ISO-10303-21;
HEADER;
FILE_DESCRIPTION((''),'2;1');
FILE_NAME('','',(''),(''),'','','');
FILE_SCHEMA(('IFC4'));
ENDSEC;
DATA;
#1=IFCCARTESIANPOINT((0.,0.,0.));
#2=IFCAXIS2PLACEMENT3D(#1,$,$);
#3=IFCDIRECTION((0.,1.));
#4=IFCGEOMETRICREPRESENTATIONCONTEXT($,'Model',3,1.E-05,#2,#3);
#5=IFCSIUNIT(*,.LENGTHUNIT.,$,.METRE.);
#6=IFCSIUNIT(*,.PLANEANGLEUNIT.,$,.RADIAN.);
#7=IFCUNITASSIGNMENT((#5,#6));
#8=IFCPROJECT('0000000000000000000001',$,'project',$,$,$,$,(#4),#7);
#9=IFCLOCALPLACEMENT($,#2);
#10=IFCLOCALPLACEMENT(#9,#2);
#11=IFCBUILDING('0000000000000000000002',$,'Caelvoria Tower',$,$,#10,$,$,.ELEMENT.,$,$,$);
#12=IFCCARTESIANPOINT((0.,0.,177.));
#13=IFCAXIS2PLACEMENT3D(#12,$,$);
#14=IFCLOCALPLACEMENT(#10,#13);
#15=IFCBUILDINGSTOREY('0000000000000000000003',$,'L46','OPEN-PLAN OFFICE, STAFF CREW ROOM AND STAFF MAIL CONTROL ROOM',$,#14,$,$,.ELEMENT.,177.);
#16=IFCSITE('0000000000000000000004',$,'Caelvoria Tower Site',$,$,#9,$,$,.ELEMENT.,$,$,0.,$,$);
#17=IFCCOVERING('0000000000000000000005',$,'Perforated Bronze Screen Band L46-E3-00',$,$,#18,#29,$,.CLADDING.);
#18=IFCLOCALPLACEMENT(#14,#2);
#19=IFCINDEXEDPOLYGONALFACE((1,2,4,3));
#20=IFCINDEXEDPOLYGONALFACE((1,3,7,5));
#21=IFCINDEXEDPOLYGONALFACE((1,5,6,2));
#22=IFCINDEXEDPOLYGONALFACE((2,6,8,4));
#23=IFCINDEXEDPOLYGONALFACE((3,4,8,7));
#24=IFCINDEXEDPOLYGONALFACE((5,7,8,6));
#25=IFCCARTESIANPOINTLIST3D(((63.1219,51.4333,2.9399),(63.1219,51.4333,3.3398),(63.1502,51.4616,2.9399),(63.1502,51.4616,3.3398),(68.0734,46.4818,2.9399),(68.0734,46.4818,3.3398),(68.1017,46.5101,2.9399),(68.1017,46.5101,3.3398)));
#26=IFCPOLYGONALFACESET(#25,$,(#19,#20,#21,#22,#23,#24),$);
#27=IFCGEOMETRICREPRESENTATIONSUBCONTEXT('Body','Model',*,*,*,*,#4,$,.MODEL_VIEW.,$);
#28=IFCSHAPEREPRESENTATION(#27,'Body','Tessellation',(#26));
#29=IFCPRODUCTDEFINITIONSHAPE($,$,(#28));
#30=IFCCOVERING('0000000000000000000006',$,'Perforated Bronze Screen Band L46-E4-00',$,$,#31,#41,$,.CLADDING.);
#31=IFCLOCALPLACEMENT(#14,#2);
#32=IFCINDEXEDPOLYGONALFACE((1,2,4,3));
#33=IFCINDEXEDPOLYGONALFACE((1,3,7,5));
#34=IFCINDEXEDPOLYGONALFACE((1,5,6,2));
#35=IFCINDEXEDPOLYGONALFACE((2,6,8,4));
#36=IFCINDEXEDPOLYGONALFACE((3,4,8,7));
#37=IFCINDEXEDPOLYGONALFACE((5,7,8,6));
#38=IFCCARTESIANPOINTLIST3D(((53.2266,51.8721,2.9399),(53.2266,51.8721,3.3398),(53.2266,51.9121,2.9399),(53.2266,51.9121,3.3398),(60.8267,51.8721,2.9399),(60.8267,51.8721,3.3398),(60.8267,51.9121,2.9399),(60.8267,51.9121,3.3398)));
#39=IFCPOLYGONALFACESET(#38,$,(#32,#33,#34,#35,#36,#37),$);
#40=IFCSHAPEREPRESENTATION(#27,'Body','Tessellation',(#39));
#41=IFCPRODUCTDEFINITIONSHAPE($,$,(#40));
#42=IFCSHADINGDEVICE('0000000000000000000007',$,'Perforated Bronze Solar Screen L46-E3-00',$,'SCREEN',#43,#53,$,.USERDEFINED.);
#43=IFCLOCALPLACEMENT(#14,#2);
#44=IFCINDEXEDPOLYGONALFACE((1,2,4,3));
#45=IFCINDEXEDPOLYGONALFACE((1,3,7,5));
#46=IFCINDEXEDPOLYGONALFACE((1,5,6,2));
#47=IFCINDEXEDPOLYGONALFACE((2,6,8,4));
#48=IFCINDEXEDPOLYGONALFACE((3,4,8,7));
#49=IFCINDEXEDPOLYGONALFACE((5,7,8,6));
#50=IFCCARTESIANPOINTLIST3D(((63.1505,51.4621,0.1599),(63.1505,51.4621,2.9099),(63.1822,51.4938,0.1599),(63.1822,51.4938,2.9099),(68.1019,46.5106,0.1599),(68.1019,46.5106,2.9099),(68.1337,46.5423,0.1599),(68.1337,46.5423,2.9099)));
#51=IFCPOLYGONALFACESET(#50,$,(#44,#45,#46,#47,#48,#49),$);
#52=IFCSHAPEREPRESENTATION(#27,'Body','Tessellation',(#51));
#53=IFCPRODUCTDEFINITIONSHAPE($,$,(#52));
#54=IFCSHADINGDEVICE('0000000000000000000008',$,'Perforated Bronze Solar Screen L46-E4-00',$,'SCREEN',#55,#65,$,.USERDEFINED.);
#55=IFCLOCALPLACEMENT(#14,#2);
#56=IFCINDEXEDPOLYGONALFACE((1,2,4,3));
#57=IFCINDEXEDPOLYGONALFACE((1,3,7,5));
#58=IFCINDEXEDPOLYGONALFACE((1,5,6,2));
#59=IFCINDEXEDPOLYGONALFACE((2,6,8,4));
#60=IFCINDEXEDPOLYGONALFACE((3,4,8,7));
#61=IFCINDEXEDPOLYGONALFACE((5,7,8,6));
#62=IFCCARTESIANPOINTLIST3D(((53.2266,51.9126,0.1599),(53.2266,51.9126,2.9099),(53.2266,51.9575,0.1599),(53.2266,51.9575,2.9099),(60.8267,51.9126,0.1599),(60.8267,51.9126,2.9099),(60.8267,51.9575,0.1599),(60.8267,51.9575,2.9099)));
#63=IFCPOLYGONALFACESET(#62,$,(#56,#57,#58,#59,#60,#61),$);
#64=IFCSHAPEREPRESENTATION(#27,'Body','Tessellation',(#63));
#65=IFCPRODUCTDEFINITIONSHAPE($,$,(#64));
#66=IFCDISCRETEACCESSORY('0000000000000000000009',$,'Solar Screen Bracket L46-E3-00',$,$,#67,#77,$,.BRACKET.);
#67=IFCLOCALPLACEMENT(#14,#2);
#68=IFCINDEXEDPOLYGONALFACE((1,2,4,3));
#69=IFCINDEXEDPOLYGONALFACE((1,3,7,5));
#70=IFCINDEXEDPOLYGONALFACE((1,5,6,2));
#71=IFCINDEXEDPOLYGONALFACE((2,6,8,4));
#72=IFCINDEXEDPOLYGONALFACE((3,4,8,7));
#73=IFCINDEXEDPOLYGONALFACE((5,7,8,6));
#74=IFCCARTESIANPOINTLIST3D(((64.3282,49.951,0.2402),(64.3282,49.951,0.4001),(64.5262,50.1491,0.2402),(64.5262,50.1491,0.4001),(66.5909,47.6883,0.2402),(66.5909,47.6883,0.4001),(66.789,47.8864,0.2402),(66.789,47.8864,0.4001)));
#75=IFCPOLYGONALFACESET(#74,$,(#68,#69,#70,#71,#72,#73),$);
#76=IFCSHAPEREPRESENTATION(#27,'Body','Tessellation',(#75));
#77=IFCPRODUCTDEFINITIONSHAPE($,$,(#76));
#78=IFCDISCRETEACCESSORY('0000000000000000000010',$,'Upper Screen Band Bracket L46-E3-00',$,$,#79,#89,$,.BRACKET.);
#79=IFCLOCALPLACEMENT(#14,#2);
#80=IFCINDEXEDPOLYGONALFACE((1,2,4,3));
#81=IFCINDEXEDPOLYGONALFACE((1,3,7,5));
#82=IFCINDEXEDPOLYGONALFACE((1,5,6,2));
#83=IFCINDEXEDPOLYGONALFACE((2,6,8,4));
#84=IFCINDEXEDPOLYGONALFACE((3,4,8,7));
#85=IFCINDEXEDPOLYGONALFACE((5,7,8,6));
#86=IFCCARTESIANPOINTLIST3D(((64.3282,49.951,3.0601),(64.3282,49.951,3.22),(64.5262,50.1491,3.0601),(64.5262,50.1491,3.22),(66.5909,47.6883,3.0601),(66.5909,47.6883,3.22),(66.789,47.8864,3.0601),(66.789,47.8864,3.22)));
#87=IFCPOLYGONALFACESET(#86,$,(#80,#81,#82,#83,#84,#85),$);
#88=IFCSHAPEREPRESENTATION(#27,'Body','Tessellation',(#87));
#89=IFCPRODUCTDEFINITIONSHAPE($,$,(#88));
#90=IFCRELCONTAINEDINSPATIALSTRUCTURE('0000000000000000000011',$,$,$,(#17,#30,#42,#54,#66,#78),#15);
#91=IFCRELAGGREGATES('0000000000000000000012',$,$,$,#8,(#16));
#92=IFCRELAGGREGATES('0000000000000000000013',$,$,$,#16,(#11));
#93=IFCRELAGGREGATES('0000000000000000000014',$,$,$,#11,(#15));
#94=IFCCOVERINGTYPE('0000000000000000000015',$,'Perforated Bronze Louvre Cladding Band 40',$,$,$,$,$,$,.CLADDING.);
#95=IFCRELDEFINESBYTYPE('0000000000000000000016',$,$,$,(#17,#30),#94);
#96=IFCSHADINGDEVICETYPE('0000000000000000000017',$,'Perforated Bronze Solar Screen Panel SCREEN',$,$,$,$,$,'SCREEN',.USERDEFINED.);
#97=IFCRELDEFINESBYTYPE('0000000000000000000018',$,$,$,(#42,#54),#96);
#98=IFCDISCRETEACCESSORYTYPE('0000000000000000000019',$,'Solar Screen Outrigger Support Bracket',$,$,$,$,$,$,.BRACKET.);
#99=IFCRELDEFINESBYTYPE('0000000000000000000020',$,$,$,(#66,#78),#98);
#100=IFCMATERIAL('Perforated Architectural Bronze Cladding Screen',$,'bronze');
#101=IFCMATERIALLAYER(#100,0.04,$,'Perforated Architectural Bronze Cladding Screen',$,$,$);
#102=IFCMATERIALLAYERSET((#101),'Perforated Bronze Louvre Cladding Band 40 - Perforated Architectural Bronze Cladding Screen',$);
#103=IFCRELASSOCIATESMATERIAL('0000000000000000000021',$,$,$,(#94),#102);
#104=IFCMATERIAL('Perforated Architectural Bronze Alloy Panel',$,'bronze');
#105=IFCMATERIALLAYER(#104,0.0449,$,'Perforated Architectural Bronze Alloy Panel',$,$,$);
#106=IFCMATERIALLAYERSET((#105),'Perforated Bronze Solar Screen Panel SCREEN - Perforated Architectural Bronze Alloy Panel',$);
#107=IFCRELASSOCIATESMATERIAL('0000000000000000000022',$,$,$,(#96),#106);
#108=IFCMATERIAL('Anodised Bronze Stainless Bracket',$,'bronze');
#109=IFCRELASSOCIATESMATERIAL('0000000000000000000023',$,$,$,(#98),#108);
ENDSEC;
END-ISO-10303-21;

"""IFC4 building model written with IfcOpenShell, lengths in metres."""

from ifc_helpers import new_model, si_unit, direction, frame, origin, origin_2d, place, context, subcontext, project, spatial, rectangle, extrude, material, layer, layer_set, type_object, element, save


model = new_model("IFC4")

# Units and contexts
model_context = context("Model", 3, precision=1e-05, world=origin(), true_north=direction((0.0, 1.0)))
body_context = subcontext(model_context, "Body", "Model", "MODEL_VIEW")
ifc_project = project(units=[si_unit("LENGTHUNIT", "METRE"), si_unit("PLANEANGLEUNIT", "RADIAN")], contexts=[model_context])

# Site, building, storey
site_placement = place(None, origin())
site = spatial("IfcSite", under=ifc_project, at=site_placement, Name="Caelvoria Tower Site", CompositionType="ELEMENT", RefElevation=0.0)
building_placement = place(site_placement, origin())
building = spatial("IfcBuilding", under=site, at=building_placement, Name="Caelvoria Tower", CompositionType="ELEMENT")
storey_placement = place(building_placement, frame((0.0, 0.0, 177.0)))
storey = spatial("IfcBuildingStorey", under=building, at=storey_placement, Name="L46", Description="OPEN-PLAN OFFICE, STAFF CREW ROOM AND STAFF MAIL CONTROL ROOM", CompositionType="ELEMENT", Elevation=177.0)

# Coverings
ifc_material_1 = material(Name="Perforated Architectural Bronze Cladding Screen", Category="bronze")
ifc_layer_1 = layer(ifc_material_1, 0.04, Name="Perforated Architectural Bronze Cladding Screen")
ifc_layer_set_1 = layer_set([ifc_layer_1], Name="Perforated Bronze Louvre Cladding Band 40 - Perforated Architectural Bronze Cladding Screen")
covering_type = type_object("IfcCoveringType", Name="Perforated Bronze Louvre Cladding Band 40", PredefinedType="CLADDING", material=ifc_layer_set_1)
covering_1_placement = place(storey_placement, frame((65.6118, 48.9717, 2.9399), z_axis=(0.0, 0.0, 1.0), x_axis=(-0.707107, 0.707107, 0.0)))
element("IfcCovering", 1, at=covering_1_placement, inside=storey, type_object=covering_type, Name="Perforated Bronze Screen Band L46-E3-00", PredefinedType="CLADDING", context=body_context, shape_type="SweptSolid", body=[
    extrude(rectangle(XDim=7.0024, YDim=0.04, at=origin_2d()), origin(), (0.0, 0.0, 1.0), 0.3999),
])
covering_2_placement = place(storey_placement, frame((57.0266, 51.8921, 2.9399), z_axis=(0.0, 0.0, 1.0), x_axis=(-1.0, 0.0, 0.0)))
element("IfcCovering", 2, at=covering_2_placement, inside=storey, type_object=covering_type, Name="Perforated Bronze Screen Band L46-E4-00", PredefinedType="CLADDING", context=body_context, shape_type="SweptSolid", body=[
    extrude(rectangle(XDim=7.6001, YDim=0.04, at=origin_2d()), origin(), (0.0, 0.0, 1.0), 0.3999),
])

# Shading devices
ifc_material_2 = material(Name="Perforated Architectural Bronze Alloy Panel", Category="bronze")
ifc_layer_2 = layer(ifc_material_2, 0.0449, Name="Perforated Architectural Bronze Alloy Panel")
ifc_layer_set_2 = layer_set([ifc_layer_2], Name="Perforated Bronze Solar Screen Panel SCREEN - Perforated Architectural Bronze Alloy Panel")
shading_device_type = type_object("IfcShadingDeviceType", Name="Perforated Bronze Solar Screen Panel SCREEN", ElementType="SCREEN", PredefinedType="USERDEFINED", material=ifc_layer_set_2)
shading_device_1_placement = place(storey_placement, frame((65.6421, 49.0022, 0.1599), z_axis=(0.0, 0.0, 1.0), x_axis=(-0.707107, 0.707107, 0.0)))
element("IfcShadingDevice", 3, at=shading_device_1_placement, inside=storey, type_object=shading_device_type, Name="Perforated Bronze Solar Screen L46-E3-00", ObjectType="SCREEN", PredefinedType="USERDEFINED", context=body_context, shape_type="SweptSolid", body=[
    extrude(rectangle(XDim=7.0024, YDim=0.0449, at=origin_2d()), origin(), (0.0, 0.0, 1.0), 2.75),
])
shading_device_2_placement = place(storey_placement, frame((57.0266, 51.9351, 0.1599), z_axis=(0.0, 0.0, 1.0), x_axis=(-1.0, 0.0, 0.0)))
element("IfcShadingDevice", 4, at=shading_device_2_placement, inside=storey, type_object=shading_device_type, Name="Perforated Bronze Solar Screen L46-E4-00", ObjectType="SCREEN", PredefinedType="USERDEFINED", context=body_context, shape_type="SweptSolid", body=[
    extrude(rectangle(XDim=7.6001, YDim=0.0449, at=origin_2d()), origin(), (0.0, 0.0, 1.0), 2.75),
])

# Discrete accessories
ifc_material_3 = material(Name="Anodised Bronze Stainless Bracket", Category="bronze")
discrete_accessory_type = type_object("IfcDiscreteAccessoryType", Name="Solar Screen Outrigger Support Bracket", PredefinedType="BRACKET", material=ifc_material_3)
for number, where, z_axis, x_axis, name in (
    (5, (65.5586, 48.9187, 0.2402), (0.0, 0.0, 1.0), (-0.707107, 0.707107, 0.0), "Solar Screen Bracket L46-E3-00"),
    (6, (65.5586, 48.9187, 3.0601), (0.0, 0.0, 1.0), (-0.707107, 0.707107, 0.0), "Upper Screen Band Bracket L46-E3-00"),
):
    element("IfcDiscreteAccessory", number, at=place(storey_placement, frame(where, z_axis=z_axis, x_axis=x_axis)), inside=storey, type_object=discrete_accessory_type, Name=name, PredefinedType="BRACKET", context=body_context, shape_type="SweptSolid", body=[
        extrude(rectangle(XDim=3.2, YDim=0.28, at=origin_2d()), origin(), (0.0, 0.0, 1.0), 0.1599),
    ])

save(model, "model.ifc")
